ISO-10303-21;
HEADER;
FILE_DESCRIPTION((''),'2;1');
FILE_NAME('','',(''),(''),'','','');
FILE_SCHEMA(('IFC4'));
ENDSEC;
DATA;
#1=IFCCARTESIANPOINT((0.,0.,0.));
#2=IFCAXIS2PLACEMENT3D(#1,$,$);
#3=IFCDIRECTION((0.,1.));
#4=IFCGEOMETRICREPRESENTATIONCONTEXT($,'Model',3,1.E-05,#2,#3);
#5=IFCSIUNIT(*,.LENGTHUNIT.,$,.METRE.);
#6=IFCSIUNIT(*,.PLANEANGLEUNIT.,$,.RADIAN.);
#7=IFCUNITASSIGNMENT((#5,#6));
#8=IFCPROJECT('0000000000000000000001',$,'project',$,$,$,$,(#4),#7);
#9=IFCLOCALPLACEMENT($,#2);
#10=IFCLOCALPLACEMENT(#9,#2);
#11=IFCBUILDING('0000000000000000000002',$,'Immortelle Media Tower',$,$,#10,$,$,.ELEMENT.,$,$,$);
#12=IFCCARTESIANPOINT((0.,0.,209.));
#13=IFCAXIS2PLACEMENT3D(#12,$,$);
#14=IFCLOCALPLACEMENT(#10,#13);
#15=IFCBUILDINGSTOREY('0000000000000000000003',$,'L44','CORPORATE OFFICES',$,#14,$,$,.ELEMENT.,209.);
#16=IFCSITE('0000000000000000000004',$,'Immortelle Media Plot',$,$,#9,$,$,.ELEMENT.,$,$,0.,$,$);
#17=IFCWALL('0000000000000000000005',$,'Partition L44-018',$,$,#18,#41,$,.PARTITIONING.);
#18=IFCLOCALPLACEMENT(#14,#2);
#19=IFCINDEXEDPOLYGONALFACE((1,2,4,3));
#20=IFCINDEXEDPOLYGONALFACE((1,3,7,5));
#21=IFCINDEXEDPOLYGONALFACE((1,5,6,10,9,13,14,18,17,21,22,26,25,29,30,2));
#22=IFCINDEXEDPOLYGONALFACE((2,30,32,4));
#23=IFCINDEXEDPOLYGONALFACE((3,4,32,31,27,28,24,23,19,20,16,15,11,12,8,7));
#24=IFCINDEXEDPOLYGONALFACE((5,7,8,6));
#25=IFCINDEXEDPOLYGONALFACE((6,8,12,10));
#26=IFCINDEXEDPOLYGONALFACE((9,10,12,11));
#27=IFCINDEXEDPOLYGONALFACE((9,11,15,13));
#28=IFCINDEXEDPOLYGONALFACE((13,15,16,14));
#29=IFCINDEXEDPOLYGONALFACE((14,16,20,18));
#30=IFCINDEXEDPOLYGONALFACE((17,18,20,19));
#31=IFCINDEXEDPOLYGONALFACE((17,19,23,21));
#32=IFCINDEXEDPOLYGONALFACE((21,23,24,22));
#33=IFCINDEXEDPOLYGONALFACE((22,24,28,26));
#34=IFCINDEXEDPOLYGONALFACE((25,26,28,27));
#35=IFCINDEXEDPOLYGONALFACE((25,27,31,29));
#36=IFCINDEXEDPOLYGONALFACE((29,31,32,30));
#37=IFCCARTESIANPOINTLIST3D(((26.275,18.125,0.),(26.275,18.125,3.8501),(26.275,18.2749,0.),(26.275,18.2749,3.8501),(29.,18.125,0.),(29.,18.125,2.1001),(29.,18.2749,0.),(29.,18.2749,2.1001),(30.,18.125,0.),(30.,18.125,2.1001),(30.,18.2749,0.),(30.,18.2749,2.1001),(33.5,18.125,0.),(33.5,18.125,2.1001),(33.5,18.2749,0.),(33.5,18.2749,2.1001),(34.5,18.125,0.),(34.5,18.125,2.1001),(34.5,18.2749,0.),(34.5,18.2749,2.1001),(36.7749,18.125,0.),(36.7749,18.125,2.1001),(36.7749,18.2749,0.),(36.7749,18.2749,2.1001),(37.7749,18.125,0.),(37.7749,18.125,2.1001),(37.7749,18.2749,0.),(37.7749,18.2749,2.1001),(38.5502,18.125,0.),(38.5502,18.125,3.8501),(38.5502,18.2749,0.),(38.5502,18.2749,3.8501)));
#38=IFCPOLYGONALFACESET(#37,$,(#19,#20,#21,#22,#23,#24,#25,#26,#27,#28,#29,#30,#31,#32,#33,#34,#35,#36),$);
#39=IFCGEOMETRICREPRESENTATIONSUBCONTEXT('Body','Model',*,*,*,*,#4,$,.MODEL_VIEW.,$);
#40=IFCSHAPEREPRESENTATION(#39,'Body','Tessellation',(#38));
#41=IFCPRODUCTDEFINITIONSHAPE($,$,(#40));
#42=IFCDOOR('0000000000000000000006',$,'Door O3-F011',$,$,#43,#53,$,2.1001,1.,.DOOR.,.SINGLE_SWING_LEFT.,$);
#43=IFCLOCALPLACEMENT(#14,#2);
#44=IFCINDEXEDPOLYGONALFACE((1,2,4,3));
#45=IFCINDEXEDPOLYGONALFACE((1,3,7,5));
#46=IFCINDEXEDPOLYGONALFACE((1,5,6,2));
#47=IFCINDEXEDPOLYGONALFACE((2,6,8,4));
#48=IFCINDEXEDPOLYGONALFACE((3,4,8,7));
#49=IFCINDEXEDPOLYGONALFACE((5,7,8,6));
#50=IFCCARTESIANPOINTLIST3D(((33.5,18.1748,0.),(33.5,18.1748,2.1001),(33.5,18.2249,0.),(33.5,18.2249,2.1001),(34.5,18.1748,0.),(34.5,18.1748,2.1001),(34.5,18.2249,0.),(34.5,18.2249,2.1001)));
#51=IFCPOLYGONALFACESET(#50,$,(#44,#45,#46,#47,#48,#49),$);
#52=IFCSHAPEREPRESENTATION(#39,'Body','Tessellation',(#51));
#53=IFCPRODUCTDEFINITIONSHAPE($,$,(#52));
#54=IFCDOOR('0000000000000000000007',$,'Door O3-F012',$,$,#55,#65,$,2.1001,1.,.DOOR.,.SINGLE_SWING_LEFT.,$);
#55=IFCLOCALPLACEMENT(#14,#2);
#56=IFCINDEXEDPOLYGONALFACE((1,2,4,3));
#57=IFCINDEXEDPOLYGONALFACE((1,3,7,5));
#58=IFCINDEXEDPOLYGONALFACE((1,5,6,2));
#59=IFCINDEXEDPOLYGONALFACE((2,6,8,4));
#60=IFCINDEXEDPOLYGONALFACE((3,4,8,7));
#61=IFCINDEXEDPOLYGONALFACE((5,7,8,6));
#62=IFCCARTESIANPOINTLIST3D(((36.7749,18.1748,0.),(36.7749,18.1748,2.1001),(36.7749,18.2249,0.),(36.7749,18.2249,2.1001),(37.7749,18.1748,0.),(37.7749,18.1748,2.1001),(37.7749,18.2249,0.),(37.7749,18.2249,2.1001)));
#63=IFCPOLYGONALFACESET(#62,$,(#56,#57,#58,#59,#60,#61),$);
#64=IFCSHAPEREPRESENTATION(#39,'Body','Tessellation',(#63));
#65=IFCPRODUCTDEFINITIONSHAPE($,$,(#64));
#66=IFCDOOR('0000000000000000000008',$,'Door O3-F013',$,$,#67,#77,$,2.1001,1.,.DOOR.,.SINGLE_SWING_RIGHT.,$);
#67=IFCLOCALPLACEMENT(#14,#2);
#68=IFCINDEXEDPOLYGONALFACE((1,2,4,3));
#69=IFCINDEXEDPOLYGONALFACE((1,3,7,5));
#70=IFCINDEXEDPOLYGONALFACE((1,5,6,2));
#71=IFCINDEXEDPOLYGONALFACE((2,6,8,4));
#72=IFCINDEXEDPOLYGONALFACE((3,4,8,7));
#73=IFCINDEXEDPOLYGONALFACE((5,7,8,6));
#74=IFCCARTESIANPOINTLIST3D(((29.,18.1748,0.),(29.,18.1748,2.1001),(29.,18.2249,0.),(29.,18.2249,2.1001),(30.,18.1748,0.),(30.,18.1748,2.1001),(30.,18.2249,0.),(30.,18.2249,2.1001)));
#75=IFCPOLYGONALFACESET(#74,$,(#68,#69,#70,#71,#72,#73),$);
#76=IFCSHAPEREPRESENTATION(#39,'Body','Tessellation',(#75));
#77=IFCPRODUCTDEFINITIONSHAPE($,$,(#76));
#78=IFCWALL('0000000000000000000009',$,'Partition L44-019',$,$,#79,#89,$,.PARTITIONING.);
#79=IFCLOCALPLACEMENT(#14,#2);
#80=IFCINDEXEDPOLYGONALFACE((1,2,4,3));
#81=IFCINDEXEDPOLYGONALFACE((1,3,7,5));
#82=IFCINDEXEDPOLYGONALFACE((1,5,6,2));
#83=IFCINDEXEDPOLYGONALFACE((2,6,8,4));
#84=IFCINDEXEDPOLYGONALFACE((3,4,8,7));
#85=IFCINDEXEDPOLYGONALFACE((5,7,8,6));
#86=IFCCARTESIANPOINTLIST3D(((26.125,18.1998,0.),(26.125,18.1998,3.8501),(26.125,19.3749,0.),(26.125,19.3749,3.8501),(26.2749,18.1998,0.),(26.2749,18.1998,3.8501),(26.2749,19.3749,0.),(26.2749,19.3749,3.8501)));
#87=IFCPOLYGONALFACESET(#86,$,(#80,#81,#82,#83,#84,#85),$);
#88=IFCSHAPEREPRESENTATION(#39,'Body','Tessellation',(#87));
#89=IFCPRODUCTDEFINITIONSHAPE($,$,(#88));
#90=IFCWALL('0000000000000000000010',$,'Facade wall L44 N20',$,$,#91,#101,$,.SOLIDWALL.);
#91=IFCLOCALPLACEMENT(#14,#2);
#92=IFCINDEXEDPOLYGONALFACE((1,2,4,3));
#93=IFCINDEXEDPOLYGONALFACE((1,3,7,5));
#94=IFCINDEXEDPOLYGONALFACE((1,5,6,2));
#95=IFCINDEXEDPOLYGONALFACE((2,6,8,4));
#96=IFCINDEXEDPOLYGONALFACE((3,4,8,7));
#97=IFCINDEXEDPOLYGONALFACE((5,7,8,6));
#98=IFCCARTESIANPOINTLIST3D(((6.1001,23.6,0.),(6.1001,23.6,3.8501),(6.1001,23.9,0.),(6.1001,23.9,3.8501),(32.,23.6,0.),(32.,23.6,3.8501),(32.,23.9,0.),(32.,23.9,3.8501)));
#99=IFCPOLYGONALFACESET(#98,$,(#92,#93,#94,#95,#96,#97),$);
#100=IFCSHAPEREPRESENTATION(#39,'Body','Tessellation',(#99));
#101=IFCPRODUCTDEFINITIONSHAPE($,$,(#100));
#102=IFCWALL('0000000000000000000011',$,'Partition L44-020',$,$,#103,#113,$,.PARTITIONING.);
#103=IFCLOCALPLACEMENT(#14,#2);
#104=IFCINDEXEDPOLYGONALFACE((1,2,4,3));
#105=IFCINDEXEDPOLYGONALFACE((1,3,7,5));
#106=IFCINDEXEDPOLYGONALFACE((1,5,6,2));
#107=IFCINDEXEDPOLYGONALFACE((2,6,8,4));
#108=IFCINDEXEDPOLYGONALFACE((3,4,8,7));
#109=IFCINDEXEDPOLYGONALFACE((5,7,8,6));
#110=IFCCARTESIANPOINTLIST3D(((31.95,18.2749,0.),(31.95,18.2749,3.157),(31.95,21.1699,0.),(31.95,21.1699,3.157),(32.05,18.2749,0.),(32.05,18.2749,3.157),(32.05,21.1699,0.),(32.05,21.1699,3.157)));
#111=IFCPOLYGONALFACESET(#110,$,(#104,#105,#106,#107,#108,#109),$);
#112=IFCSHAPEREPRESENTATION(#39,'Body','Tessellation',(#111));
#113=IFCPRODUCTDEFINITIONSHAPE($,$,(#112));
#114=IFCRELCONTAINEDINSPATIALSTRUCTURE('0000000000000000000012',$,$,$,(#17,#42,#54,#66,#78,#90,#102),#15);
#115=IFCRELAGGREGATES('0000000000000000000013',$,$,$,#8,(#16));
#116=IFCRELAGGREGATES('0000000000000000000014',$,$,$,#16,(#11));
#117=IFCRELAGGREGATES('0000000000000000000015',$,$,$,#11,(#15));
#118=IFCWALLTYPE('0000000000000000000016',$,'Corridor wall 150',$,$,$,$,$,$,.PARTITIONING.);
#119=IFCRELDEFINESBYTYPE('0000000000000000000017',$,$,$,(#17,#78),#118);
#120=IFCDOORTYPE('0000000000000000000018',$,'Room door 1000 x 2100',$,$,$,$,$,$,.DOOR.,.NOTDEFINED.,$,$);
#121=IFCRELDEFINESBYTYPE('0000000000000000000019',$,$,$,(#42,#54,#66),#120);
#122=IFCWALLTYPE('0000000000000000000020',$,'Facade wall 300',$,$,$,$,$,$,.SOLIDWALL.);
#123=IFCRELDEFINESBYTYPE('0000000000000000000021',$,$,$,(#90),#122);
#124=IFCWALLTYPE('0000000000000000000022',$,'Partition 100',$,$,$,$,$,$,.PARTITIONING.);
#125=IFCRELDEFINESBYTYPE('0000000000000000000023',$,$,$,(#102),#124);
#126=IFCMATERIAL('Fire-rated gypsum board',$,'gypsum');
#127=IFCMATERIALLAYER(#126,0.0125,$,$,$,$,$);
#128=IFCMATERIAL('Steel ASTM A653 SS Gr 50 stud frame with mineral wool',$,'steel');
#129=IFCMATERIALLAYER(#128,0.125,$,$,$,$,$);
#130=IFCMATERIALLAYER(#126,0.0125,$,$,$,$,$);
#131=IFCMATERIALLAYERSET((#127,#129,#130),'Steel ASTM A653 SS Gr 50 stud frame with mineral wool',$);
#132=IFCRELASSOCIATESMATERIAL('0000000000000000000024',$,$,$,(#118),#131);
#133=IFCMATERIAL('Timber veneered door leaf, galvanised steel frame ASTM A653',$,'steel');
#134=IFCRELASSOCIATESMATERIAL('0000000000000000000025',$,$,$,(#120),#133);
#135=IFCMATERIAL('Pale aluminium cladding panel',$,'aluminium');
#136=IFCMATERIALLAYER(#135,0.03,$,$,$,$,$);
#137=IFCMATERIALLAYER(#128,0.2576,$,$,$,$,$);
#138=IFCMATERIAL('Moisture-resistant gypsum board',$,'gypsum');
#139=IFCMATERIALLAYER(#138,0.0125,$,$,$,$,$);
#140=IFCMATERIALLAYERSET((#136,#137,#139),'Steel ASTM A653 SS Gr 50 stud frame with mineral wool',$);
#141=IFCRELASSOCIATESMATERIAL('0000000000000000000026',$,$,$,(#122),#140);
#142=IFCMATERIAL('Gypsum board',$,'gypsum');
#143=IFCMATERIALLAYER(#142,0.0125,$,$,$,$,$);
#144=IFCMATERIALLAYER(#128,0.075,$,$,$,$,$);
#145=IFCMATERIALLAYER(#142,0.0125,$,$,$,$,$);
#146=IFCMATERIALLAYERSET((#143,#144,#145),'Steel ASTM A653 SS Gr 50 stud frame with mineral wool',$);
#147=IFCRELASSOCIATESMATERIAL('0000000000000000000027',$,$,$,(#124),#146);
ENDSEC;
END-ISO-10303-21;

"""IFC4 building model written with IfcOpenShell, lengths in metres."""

from ifc_helpers import new_model, si_unit, direction, frame, frame_2d, origin, place, context, subcontext, project, spatial, rectangle, extrude, material, layer, layer_set, type_object, element, fill, save


model = new_model("IFC4")

# Units and contexts
model_context = context("Model", 3, precision=1e-05, world=origin(), true_north=direction((0.0, 1.0)))
body_context = subcontext(model_context, "Body", "Model", "MODEL_VIEW")
ifc_project = project(units=[si_unit("LENGTHUNIT", "METRE"), si_unit("PLANEANGLEUNIT", "RADIAN")], contexts=[model_context])

# Site, building, storey
site_placement = place(None, origin())
site = spatial("IfcSite", under=ifc_project, at=site_placement, Name="Immortelle Media Plot", CompositionType="ELEMENT", RefElevation=0.0)
building_placement = place(site_placement, origin())
building = spatial("IfcBuilding", under=site, at=building_placement, Name="Immortelle Media Tower", CompositionType="ELEMENT")
storey_placement = place(building_placement, frame((0.0, 0.0, 209.0)))
storey = spatial("IfcBuildingStorey", under=building, at=storey_placement, Name="L44", Description="CORPORATE OFFICES", CompositionType="ELEMENT", Elevation=209.0)

# Shared definitions
ifc_material_1 = material(Name="Fire-rated gypsum board", Category="gypsum")
ifc_material_2 = material(Name="Steel ASTM A653 SS Gr 50 stud frame with mineral wool", Category="steel")

# Wall, openings, doors
ifc_layer_1 = layer(ifc_material_1, 0.0125)
ifc_layer_2 = layer(ifc_material_2, 0.125)
ifc_layer_3 = layer(ifc_material_1, 0.0125)
ifc_layer_set_1 = layer_set([ifc_layer_1, ifc_layer_2, ifc_layer_3], Name="Steel ASTM A653 SS Gr 50 stud frame with mineral wool")
wall_type_1 = type_object("IfcWallType", Name="Corridor wall 150", PredefinedType="PARTITIONING", material=ifc_layer_set_1)
wall_1_placement = place(storey_placement, frame((26.2749, 18.2, 0.0), z_axis=(0.0, 0.0, 1.0), x_axis=(1.0, 0.0, 0.0)))
wall_1 = element("IfcWall", 1, at=wall_1_placement, inside=storey, type_object=wall_type_1, Name="Partition L44-018", PredefinedType="PARTITIONING", context=body_context, shape_type="SweptSolid", body=[
    extrude(rectangle(XDim=12.2751, YDim=0.1499, at=frame_2d((6.1377, 0.0))), origin(), (0.0, 0.0, 1.0), 3.8501),
])
opening_1_placement = place(wall_1_placement, frame((7.2251, 0.0, 0.0)))
opening_1 = element("IfcOpeningElement", 2, at=opening_1_placement, cuts=wall_1, PredefinedType="OPENING", context=body_context, shape_type="SweptSolid", body=[
    extrude(rectangle(XDim=1.0, YDim=2.1001, at=frame_2d((0.5, 1.05))), frame((0.0, 0.085, 0.0), z_axis=(0.0, -1.0, 0.0), x_axis=(1.0, 0.0, 0.0)), (0.0, 0.0, 1.0), 0.1699),
])
opening_2_placement = place(wall_1_placement, frame((10.5, 0.0, 0.0)))
opening_2 = element("IfcOpeningElement", 3, at=opening_2_placement, cuts=wall_1, PredefinedType="OPENING", context=body_context, shape_type="SweptSolid", body=[
    extrude(rectangle(XDim=1.0, YDim=2.1001, at=frame_2d((0.5, 1.05))), frame((0.0, 0.085, 0.0), z_axis=(0.0, -1.0, 0.0), x_axis=(1.0, 0.0, 0.0)), (0.0, 0.0, 1.0), 0.1699),
])
opening_3_placement = place(wall_1_placement, frame((2.7251, 0.0, 0.0)))
opening_3 = element("IfcOpeningElement", 4, at=opening_3_placement, cuts=wall_1, PredefinedType="OPENING", context=body_context, shape_type="SweptSolid", body=[
    extrude(rectangle(XDim=1.0, YDim=2.1001, at=frame_2d((0.5, 1.05))), frame((0.0, 0.085, 0.0), z_axis=(0.0, -1.0, 0.0), x_axis=(1.0, 0.0, 0.0)), (0.0, 0.0, 1.0), 0.1699),
])
ifc_material_3 = material(Name="Timber veneered door leaf, galvanised steel frame ASTM A653", Category="steel")
door_type_1 = type_object("IfcDoorType", Name="Room door 1000 x 2100", OperationType="NOTDEFINED", PredefinedType="DOOR", material=ifc_material_3)
door_1_placement = place(opening_1_placement, origin())
door_1 = element("IfcDoor", 5, at=door_1_placement, inside=storey, type_object=door_type_1, Name="Door O3-F011", OperationType="SINGLE_SWING_LEFT", OverallHeight=2.1001, OverallWidth=1.0, PredefinedType="DOOR", context=body_context, shape_type="SweptSolid", body=[
    extrude(rectangle(XDim=1.0, YDim=2.1001, at=frame_2d((0.5, 1.05))), frame((0.0, 0.0249, 0.0), z_axis=(0.0, -1.0, 0.0), x_axis=(1.0, 0.0, 0.0)), (0.0, 0.0, 1.0), 0.05),
])
fill(opening_1, door_1)
door_2_placement = place(opening_2_placement, origin())
door_2 = element("IfcDoor", 6, at=door_2_placement, inside=storey, type_object=door_type_1, Name="Door O3-F012", OperationType="SINGLE_SWING_LEFT", OverallHeight=2.1001, OverallWidth=1.0, PredefinedType="DOOR", context=body_context, shape_type="SweptSolid", body=[
    extrude(rectangle(XDim=1.0, YDim=2.1001, at=frame_2d((0.5, 1.05))), frame((0.0, 0.0249, 0.0), z_axis=(0.0, -1.0, 0.0), x_axis=(1.0, 0.0, 0.0)), (0.0, 0.0, 1.0), 0.05),
])
fill(opening_2, door_2)
door_3_placement = place(opening_3_placement, origin())
door_3 = element("IfcDoor", 7, at=door_3_placement, inside=storey, type_object=door_type_1, Name="Door O3-F013", OperationType="SINGLE_SWING_RIGHT", OverallHeight=2.1001, OverallWidth=1.0, PredefinedType="DOOR", context=body_context, shape_type="SweptSolid", body=[
    extrude(rectangle(XDim=1.0, YDim=2.1001, at=frame_2d((0.5, 1.05))), frame((0.0, 0.0249, 0.0), z_axis=(0.0, -1.0, 0.0), x_axis=(1.0, 0.0, 0.0)), (0.0, 0.0, 1.0), 0.05),
])
fill(opening_3, door_3)

# Walls
wall_2_placement = place(storey_placement, frame((26.2, 18.2, 0.0), z_axis=(0.0, 0.0, 1.0), x_axis=(0.0, 1.0, 0.0)))
element("IfcWall", 8, at=wall_2_placement, inside=storey, type_object=wall_type_1, Name="Partition L44-019", PredefinedType="PARTITIONING", context=body_context, shape_type="SweptSolid", body=[
    extrude(rectangle(XDim=1.175, YDim=0.1499, at=frame_2d((0.5874, 0.0))), origin(), (0.0, 0.0, 1.0), 3.8501),
])
ifc_material_4 = material(Name="Pale aluminium cladding panel", Category="aluminium")
ifc_layer_4 = layer(ifc_material_4, 0.03)
ifc_layer_5 = layer(ifc_material_2, 0.2576)
ifc_material_5 = material(Name="Moisture-resistant gypsum board", Category="gypsum")
ifc_layer_6 = layer(ifc_material_5, 0.0125)
ifc_layer_set_2 = layer_set([ifc_layer_4, ifc_layer_5, ifc_layer_6], Name="Steel ASTM A653 SS Gr 50 stud frame with mineral wool")
wall_type_2 = type_object("IfcWallType", Name="Facade wall 300", PredefinedType="SOLIDWALL", material=ifc_layer_set_2)
wall_3_placement = place(storey_placement, frame((32.0, 23.75, 0.0), z_axis=(0.0, 0.0, 1.0), x_axis=(-1.0, 0.0, 0.0)))
element("IfcWall", 9, at=wall_3_placement, inside=storey, type_object=wall_type_2, Name="Facade wall L44 N20", PredefinedType="SOLIDWALL", context=body_context, shape_type="SweptSolid", body=[
    extrude(rectangle(XDim=25.8999, YDim=0.3, at=frame_2d((12.95, 0.0))), origin(), (0.0, 0.0, 1.0), 3.8501),
])
ifc_material_6 = material(Name="Gypsum board", Category="gypsum")
ifc_layer_7 = layer(ifc_material_6, 0.0125)
ifc_layer_8 = layer(ifc_material_2, 0.075)
ifc_layer_9 = layer(ifc_material_6, 0.0125)
ifc_layer_set_3 = layer_set([ifc_layer_7, ifc_layer_8, ifc_layer_9], Name="Steel ASTM A653 SS Gr 50 stud frame with mineral wool")
wall_type_3 = type_object("IfcWallType", Name="Partition 100", PredefinedType="PARTITIONING", material=ifc_layer_set_3)
wall_4_placement = place(storey_placement, frame((32.0, 18.2749, 0.0), z_axis=(0.0, 0.0, 1.0), x_axis=(0.0, 1.0, 0.0)))
element("IfcWall", 10, at=wall_4_placement, inside=storey, type_object=wall_type_3, Name="Partition L44-020", PredefinedType="PARTITIONING", context=body_context, shape_type="SweptSolid", body=[
    extrude(rectangle(XDim=2.895, YDim=0.1001, at=frame_2d((1.4475, 0.0))), origin(), (0.0, 0.0, 1.0), 3.157),
])

save(model, "model.ifc")
